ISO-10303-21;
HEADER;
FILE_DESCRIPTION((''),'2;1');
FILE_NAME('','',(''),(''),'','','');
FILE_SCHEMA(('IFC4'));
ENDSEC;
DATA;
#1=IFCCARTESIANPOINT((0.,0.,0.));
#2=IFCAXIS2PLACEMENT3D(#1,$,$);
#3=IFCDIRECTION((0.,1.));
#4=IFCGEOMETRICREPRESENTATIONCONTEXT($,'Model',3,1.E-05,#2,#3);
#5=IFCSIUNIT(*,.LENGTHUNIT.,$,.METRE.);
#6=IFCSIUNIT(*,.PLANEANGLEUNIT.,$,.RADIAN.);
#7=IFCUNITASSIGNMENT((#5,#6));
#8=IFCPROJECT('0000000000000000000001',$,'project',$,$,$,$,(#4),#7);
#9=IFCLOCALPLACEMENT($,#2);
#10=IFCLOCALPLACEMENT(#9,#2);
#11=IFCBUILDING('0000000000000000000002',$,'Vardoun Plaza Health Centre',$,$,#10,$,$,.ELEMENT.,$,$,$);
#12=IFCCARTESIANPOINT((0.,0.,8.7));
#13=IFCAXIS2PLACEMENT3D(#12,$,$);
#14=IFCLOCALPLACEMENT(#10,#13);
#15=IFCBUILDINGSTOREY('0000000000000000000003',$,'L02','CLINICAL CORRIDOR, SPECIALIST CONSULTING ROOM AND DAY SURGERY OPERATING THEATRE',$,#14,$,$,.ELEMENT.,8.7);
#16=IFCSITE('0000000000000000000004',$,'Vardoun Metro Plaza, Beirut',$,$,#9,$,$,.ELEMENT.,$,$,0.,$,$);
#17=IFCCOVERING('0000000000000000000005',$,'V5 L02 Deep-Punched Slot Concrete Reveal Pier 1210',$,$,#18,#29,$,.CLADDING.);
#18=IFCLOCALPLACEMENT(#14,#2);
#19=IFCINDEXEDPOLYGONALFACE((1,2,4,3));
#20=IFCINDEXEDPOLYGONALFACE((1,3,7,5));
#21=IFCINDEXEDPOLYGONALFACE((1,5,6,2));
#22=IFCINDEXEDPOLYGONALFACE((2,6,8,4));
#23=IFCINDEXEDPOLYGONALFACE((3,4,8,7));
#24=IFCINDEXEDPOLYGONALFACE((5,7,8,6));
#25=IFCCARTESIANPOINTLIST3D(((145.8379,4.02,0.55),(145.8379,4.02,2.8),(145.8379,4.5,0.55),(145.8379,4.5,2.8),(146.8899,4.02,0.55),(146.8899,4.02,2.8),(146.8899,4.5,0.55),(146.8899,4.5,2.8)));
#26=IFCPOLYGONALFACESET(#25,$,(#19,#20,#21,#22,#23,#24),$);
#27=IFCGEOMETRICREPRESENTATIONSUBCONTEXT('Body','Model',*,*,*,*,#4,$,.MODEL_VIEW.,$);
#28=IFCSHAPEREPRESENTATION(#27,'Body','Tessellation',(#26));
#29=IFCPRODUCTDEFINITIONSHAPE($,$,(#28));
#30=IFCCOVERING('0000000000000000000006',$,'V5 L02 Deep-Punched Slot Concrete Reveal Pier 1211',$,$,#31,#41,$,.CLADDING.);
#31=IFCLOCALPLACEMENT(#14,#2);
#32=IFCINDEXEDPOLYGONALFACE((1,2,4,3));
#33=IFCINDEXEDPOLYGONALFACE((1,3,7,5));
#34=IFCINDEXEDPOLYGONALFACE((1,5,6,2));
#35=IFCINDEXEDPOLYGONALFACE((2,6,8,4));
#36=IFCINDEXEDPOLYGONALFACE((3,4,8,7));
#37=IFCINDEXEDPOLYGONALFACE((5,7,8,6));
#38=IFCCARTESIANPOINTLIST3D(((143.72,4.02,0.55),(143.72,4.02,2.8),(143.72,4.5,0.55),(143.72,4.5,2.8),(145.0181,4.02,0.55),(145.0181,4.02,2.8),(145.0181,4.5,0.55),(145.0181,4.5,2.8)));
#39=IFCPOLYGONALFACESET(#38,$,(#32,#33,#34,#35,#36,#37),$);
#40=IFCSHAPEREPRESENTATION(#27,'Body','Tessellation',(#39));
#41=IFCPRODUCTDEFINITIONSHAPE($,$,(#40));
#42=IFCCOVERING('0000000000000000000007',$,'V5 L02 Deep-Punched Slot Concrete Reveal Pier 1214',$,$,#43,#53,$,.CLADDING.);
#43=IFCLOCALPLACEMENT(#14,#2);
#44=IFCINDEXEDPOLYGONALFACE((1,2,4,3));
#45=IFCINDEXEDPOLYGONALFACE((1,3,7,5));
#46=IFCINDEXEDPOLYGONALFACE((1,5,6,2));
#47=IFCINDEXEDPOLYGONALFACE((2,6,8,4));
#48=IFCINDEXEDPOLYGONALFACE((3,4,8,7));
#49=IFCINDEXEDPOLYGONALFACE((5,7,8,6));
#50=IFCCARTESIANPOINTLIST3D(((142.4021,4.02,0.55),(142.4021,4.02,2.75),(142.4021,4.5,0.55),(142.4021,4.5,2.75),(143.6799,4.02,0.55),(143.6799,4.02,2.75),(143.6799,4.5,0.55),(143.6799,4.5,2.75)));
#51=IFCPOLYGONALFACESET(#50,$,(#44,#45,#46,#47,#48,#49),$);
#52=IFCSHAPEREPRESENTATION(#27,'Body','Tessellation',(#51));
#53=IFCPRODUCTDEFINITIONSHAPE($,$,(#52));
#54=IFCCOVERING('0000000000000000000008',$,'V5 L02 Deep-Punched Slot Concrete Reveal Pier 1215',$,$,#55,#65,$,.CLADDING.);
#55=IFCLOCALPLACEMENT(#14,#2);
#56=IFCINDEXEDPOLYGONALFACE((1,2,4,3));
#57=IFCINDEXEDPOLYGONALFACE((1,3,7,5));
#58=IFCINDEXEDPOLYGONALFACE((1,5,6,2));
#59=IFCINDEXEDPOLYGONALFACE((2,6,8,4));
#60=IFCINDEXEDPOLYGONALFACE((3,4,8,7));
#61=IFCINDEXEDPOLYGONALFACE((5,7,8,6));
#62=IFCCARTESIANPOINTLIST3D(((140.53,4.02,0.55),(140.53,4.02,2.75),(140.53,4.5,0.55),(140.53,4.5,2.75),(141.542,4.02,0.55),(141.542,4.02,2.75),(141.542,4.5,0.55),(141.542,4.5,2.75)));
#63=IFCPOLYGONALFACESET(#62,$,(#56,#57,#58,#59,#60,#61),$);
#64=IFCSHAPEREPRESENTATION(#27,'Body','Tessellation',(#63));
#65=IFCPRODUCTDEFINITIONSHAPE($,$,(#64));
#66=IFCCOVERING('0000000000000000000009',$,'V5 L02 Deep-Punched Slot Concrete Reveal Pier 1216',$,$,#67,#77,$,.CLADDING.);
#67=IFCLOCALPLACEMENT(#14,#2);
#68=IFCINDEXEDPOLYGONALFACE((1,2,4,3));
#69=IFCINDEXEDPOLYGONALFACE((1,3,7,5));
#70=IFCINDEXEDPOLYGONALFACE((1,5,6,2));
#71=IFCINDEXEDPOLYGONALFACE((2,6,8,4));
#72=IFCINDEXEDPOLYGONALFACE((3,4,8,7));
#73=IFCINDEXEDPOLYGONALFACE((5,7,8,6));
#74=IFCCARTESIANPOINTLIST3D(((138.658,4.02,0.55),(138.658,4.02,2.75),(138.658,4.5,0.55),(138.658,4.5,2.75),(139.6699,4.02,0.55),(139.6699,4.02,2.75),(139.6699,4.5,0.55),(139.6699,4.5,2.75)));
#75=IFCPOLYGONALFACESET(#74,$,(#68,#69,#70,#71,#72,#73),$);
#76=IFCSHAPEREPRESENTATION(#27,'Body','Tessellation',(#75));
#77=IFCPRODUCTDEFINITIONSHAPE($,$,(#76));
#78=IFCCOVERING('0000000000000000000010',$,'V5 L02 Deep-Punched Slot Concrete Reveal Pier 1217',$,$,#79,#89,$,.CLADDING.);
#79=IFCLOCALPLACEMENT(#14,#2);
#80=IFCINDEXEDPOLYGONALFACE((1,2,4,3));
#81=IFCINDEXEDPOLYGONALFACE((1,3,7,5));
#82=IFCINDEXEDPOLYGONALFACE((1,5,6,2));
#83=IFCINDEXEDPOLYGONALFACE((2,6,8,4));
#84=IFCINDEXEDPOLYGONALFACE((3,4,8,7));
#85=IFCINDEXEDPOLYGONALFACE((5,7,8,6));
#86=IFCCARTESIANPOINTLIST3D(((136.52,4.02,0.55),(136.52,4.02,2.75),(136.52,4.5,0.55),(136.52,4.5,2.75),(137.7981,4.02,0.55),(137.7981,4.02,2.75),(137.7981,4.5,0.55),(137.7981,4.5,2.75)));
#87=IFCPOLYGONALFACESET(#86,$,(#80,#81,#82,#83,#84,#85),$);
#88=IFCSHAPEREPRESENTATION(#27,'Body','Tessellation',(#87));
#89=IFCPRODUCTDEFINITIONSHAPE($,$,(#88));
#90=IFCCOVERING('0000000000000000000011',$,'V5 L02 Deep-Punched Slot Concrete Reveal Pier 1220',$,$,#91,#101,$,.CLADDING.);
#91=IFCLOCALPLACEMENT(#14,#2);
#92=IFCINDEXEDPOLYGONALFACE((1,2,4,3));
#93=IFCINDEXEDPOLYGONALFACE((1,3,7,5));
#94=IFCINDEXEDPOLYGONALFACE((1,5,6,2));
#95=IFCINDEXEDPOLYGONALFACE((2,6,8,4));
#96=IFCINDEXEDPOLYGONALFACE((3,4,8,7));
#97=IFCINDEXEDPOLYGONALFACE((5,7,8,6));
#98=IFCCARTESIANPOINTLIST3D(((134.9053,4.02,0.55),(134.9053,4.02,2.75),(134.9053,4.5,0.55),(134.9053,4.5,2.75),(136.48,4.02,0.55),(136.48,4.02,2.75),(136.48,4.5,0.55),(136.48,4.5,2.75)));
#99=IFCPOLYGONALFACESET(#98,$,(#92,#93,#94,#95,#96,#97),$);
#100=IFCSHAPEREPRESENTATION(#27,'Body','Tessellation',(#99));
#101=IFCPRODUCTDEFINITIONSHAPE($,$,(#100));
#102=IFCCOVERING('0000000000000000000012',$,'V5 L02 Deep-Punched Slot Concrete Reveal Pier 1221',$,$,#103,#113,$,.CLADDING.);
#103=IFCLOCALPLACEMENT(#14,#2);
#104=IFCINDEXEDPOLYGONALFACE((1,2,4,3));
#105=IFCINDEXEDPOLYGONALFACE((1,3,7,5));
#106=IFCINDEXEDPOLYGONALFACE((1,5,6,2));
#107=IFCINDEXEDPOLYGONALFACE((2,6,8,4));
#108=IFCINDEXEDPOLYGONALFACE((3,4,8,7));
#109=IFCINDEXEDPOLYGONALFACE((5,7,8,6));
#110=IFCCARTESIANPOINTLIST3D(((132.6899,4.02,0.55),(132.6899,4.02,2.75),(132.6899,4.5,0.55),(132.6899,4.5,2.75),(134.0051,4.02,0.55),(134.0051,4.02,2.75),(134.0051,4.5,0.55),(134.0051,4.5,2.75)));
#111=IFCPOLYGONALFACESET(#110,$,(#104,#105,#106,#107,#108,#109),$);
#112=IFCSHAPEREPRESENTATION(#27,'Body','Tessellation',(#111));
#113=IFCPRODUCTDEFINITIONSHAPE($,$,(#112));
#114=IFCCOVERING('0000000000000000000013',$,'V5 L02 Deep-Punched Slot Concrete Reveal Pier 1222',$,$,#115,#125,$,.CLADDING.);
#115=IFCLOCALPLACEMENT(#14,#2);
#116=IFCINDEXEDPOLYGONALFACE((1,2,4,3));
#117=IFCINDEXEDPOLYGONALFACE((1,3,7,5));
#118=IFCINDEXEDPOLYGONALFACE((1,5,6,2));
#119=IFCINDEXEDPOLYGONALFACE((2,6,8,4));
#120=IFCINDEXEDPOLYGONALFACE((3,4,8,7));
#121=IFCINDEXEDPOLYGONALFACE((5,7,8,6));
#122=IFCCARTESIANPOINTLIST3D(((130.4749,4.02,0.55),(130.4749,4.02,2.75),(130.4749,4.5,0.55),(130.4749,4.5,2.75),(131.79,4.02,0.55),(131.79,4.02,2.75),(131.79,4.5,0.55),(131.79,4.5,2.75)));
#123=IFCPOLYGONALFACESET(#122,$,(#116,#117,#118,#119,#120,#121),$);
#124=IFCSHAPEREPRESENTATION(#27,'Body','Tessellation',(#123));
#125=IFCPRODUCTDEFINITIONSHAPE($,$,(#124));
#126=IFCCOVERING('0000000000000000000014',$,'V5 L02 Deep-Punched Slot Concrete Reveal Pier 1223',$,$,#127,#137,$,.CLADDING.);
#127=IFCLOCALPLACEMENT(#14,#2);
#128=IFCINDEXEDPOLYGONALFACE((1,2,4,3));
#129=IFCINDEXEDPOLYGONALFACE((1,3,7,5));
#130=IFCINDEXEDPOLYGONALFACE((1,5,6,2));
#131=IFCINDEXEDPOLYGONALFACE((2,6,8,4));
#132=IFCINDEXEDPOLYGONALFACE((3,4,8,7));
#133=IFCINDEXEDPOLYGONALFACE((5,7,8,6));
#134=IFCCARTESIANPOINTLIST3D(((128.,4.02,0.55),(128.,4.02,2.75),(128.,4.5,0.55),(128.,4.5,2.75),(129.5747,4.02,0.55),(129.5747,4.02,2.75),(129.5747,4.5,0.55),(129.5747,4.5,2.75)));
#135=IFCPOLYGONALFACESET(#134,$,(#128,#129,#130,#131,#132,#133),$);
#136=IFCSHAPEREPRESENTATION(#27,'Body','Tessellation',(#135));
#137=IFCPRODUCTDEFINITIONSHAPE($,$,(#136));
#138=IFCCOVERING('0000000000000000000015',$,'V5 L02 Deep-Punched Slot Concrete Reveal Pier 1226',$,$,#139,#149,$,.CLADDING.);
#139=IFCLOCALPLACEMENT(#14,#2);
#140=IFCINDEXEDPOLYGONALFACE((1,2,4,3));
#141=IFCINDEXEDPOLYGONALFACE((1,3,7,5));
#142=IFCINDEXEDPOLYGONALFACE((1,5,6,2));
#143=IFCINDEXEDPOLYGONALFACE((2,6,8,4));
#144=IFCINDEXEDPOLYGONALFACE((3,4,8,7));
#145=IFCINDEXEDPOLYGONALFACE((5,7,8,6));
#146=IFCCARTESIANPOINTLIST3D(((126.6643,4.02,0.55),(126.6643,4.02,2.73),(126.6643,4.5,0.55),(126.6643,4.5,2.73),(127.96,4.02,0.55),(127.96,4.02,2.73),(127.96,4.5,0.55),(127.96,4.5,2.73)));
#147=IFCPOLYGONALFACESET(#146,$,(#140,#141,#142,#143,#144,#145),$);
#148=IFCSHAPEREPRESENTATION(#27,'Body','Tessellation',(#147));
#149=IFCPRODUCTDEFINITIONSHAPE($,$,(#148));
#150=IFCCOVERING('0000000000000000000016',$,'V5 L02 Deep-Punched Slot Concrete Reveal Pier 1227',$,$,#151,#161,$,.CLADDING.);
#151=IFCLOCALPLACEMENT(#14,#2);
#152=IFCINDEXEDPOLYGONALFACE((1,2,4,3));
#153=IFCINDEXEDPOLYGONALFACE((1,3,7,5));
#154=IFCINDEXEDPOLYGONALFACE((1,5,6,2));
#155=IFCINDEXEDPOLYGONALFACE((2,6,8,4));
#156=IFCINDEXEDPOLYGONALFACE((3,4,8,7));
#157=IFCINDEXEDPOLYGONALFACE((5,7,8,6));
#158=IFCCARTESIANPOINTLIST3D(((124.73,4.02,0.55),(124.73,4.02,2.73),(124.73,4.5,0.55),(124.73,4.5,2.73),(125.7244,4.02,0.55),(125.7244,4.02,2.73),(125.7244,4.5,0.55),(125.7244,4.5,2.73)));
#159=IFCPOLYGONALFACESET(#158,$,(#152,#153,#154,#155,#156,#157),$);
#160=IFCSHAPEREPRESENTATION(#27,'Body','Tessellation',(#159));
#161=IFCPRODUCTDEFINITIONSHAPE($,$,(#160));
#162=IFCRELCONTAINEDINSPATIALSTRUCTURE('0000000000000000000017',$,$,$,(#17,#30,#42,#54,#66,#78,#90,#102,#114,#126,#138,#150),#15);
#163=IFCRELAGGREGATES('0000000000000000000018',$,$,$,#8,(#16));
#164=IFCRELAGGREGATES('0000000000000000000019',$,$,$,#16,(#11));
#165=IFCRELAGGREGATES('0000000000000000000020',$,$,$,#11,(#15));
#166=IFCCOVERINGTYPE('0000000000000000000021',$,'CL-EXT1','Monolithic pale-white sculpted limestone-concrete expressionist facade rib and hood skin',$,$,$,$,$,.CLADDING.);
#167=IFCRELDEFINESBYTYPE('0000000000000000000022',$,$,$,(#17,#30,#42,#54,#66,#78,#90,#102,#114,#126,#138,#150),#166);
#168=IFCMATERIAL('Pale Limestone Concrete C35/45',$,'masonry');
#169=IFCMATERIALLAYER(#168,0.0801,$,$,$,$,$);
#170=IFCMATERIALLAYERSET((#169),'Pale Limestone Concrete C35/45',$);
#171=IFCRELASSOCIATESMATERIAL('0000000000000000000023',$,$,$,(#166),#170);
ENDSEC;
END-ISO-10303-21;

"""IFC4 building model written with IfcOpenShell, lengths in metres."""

from ifc_helpers import new_model, si_unit, direction, frame, origin, place, context, subcontext, project, spatial, polyline, outline, extrude, material, layer, layer_set, type_object, element, save


model = new_model("IFC4")

# Units and contexts
model_context = context("Model", 3, precision=1e-05, world=origin(), true_north=direction((0.0, 1.0)))
body_context = subcontext(model_context, "Body", "Model", "MODEL_VIEW")
ifc_project = project(units=[si_unit("LENGTHUNIT", "METRE"), si_unit("PLANEANGLEUNIT", "RADIAN")], contexts=[model_context])

# Site, building, storey
site_placement = place(None, origin())
site = spatial("IfcSite", under=ifc_project, at=site_placement, Name="Vardoun Metro Plaza, Beirut", CompositionType="ELEMENT", RefElevation=0.0)
building_placement = place(site_placement, origin())
building = spatial("IfcBuilding", under=site, at=building_placement, Name="Vardoun Plaza Health Centre", CompositionType="ELEMENT")
storey_placement = place(building_placement, frame((0.0, 0.0, 8.7)))
storey = spatial("IfcBuildingStorey", under=building, at=storey_placement, Name="L02", Description="CLINICAL CORRIDOR, SPECIALIST CONSULTING ROOM AND DAY SURGERY OPERATING THEATRE", CompositionType="ELEMENT", Elevation=8.7)

# Coverings
ifc_material = material(Name="Pale Limestone Concrete C35/45", Category="masonry")
ifc_layer = layer(ifc_material, 0.0801)
ifc_layer_set = layer_set([ifc_layer], Name="Pale Limestone Concrete C35/45")
covering_type = type_object("IfcCoveringType", Name="CL-EXT1", Description="Monolithic pale-white sculpted limestone-concrete expressionist facade rib and hood skin", PredefinedType="CLADDING", material=ifc_layer_set)
covering_1_placement = place(storey_placement, frame((0.0, 0.0, 0.55)))
element("IfcCovering", 1, at=covering_1_placement, inside=storey, type_object=covering_type, Name="V5 L02 Deep-Punched Slot Concrete Reveal Pier 1210", PredefinedType="CLADDING", context=body_context, shape_type="SweptSolid", body=[
    extrude(outline(polyline([(146.8899, 4.5), (145.8379, 4.5), (145.8379, 4.02), (146.8899, 4.02), (146.8899, 4.5)])), origin(), (0.0, 0.0, 1.0), 2.25),
])
covering_2_placement = place(storey_placement, frame((0.0, 0.0, 0.55)))
element("IfcCovering", 2, at=covering_2_placement, inside=storey, type_object=covering_type, Name="V5 L02 Deep-Punched Slot Concrete Reveal Pier 1211", PredefinedType="CLADDING", context=body_context, shape_type="SweptSolid", body=[
    extrude(outline(polyline([(145.0181, 4.5), (143.72, 4.5), (143.72, 4.02), (145.0181, 4.02), (145.0181, 4.5)])), origin(), (0.0, 0.0, 1.0), 2.25),
])
covering_3_placement = place(storey_placement, frame((0.0, 0.0, 0.55)))
element("IfcCovering", 3, at=covering_3_placement, inside=storey, type_object=covering_type, Name="V5 L02 Deep-Punched Slot Concrete Reveal Pier 1214", PredefinedType="CLADDING", context=body_context, shape_type="SweptSolid", body=[
    extrude(outline(polyline([(143.6799, 4.5), (142.4021, 4.5), (142.4021, 4.02), (143.6799, 4.02), (143.6799, 4.5)])), origin(), (0.0, 0.0, 1.0), 2.2),
])
covering_4_placement = place(storey_placement, frame((0.0, 0.0, 0.55)))
element("IfcCovering", 4, at=covering_4_placement, inside=storey, type_object=covering_type, Name="V5 L02 Deep-Punched Slot Concrete Reveal Pier 1215", PredefinedType="CLADDING", context=body_context, shape_type="SweptSolid", body=[
    extrude(outline(polyline([(141.542, 4.5), (140.53, 4.5), (140.53, 4.02), (141.542, 4.02), (141.542, 4.5)])), origin(), (0.0, 0.0, 1.0), 2.2),
])
covering_5_placement = place(storey_placement, frame((0.0, 0.0, 0.55)))
element("IfcCovering", 5, at=covering_5_placement, inside=storey, type_object=covering_type, Name="V5 L02 Deep-Punched Slot Concrete Reveal Pier 1216", PredefinedType="CLADDING", context=body_context, shape_type="SweptSolid", body=[
    extrude(outline(polyline([(139.6699, 4.5), (138.658, 4.5), (138.658, 4.02), (139.6699, 4.02), (139.6699, 4.5)])), origin(), (0.0, 0.0, 1.0), 2.2),
])
covering_6_placement = place(storey_placement, frame((0.0, 0.0, 0.55)))
element("IfcCovering", 6, at=covering_6_placement, inside=storey, type_object=covering_type, Name="V5 L02 Deep-Punched Slot Concrete Reveal Pier 1217", PredefinedType="CLADDING", context=body_context, shape_type="SweptSolid", body=[
    extrude(outline(polyline([(137.7981, 4.5), (136.52, 4.5), (136.52, 4.02), (137.7981, 4.02), (137.7981, 4.5)])), origin(), (0.0, 0.0, 1.0), 2.2),
])
covering_7_placement = place(storey_placement, frame((0.0, 0.0, 0.55)))
element("IfcCovering", 7, at=covering_7_placement, inside=storey, type_object=covering_type, Name="V5 L02 Deep-Punched Slot Concrete Reveal Pier 1220", PredefinedType="CLADDING", context=body_context, shape_type="SweptSolid", body=[
    extrude(outline(polyline([(136.48, 4.5), (134.9053, 4.5), (134.9053, 4.02), (136.48, 4.02), (136.48, 4.5)])), origin(), (0.0, 0.0, 1.0), 2.2),
])
covering_8_placement = place(storey_placement, frame((0.0, 0.0, 0.55)))
element("IfcCovering", 8, at=covering_8_placement, inside=storey, type_object=covering_type, Name="V5 L02 Deep-Punched Slot Concrete Reveal Pier 1221", PredefinedType="CLADDING", context=body_context, shape_type="SweptSolid", body=[
    extrude(outline(polyline([(134.0051, 4.5), (132.6899, 4.5), (132.6899, 4.02), (134.0051, 4.02), (134.0051, 4.5)])), origin(), (0.0, 0.0, 1.0), 2.2),
])
covering_9_placement = place(storey_placement, frame((0.0, 0.0, 0.55)))
element("IfcCovering", 9, at=covering_9_placement, inside=storey, type_object=covering_type, Name="V5 L02 Deep-Punched Slot Concrete Reveal Pier 1222", PredefinedType="CLADDING", context=body_context, shape_type="SweptSolid", body=[
    extrude(outline(polyline([(131.79, 4.5), (130.4749, 4.5), (130.4749, 4.02), (131.79, 4.02), (131.79, 4.5)])), origin(), (0.0, 0.0, 1.0), 2.2),
])
covering_10_placement = place(storey_placement, frame((0.0, 0.0, 0.55)))
element("IfcCovering", 10, at=covering_10_placement, inside=storey, type_object=covering_type, Name="V5 L02 Deep-Punched Slot Concrete Reveal Pier 1223", PredefinedType="CLADDING", context=body_context, shape_type="SweptSolid", body=[
    extrude(outline(polyline([(129.5747, 4.5), (128.0, 4.5), (128.0, 4.02), (129.5747, 4.02), (129.5747, 4.5)])), origin(), (0.0, 0.0, 1.0), 2.2),
])
covering_11_placement = place(storey_placement, frame((0.0, 0.0, 0.55)))
element("IfcCovering", 11, at=covering_11_placement, inside=storey, type_object=covering_type, Name="V5 L02 Deep-Punched Slot Concrete Reveal Pier 1226", PredefinedType="CLADDING", context=body_context, shape_type="SweptSolid", body=[
    extrude(outline(polyline([(127.96, 4.5), (126.6643, 4.5), (126.6643, 4.02), (127.96, 4.02), (127.96, 4.5)])), origin(), (0.0, 0.0, 1.0), 2.1799),
])
covering_12_placement = place(storey_placement, frame((0.0, 0.0, 0.55)))
element("IfcCovering", 12, at=covering_12_placement, inside=storey, type_object=covering_type, Name="V5 L02 Deep-Punched Slot Concrete Reveal Pier 1227", PredefinedType="CLADDING", context=body_context, shape_type="SweptSolid", body=[
    extrude(outline(polyline([(125.7244, 4.5), (124.73, 4.5), (124.73, 4.02), (125.7244, 4.02), (125.7244, 4.5)])), origin(), (0.0, 0.0, 1.0), 2.1799),
])

save(model, "model.ifc")
